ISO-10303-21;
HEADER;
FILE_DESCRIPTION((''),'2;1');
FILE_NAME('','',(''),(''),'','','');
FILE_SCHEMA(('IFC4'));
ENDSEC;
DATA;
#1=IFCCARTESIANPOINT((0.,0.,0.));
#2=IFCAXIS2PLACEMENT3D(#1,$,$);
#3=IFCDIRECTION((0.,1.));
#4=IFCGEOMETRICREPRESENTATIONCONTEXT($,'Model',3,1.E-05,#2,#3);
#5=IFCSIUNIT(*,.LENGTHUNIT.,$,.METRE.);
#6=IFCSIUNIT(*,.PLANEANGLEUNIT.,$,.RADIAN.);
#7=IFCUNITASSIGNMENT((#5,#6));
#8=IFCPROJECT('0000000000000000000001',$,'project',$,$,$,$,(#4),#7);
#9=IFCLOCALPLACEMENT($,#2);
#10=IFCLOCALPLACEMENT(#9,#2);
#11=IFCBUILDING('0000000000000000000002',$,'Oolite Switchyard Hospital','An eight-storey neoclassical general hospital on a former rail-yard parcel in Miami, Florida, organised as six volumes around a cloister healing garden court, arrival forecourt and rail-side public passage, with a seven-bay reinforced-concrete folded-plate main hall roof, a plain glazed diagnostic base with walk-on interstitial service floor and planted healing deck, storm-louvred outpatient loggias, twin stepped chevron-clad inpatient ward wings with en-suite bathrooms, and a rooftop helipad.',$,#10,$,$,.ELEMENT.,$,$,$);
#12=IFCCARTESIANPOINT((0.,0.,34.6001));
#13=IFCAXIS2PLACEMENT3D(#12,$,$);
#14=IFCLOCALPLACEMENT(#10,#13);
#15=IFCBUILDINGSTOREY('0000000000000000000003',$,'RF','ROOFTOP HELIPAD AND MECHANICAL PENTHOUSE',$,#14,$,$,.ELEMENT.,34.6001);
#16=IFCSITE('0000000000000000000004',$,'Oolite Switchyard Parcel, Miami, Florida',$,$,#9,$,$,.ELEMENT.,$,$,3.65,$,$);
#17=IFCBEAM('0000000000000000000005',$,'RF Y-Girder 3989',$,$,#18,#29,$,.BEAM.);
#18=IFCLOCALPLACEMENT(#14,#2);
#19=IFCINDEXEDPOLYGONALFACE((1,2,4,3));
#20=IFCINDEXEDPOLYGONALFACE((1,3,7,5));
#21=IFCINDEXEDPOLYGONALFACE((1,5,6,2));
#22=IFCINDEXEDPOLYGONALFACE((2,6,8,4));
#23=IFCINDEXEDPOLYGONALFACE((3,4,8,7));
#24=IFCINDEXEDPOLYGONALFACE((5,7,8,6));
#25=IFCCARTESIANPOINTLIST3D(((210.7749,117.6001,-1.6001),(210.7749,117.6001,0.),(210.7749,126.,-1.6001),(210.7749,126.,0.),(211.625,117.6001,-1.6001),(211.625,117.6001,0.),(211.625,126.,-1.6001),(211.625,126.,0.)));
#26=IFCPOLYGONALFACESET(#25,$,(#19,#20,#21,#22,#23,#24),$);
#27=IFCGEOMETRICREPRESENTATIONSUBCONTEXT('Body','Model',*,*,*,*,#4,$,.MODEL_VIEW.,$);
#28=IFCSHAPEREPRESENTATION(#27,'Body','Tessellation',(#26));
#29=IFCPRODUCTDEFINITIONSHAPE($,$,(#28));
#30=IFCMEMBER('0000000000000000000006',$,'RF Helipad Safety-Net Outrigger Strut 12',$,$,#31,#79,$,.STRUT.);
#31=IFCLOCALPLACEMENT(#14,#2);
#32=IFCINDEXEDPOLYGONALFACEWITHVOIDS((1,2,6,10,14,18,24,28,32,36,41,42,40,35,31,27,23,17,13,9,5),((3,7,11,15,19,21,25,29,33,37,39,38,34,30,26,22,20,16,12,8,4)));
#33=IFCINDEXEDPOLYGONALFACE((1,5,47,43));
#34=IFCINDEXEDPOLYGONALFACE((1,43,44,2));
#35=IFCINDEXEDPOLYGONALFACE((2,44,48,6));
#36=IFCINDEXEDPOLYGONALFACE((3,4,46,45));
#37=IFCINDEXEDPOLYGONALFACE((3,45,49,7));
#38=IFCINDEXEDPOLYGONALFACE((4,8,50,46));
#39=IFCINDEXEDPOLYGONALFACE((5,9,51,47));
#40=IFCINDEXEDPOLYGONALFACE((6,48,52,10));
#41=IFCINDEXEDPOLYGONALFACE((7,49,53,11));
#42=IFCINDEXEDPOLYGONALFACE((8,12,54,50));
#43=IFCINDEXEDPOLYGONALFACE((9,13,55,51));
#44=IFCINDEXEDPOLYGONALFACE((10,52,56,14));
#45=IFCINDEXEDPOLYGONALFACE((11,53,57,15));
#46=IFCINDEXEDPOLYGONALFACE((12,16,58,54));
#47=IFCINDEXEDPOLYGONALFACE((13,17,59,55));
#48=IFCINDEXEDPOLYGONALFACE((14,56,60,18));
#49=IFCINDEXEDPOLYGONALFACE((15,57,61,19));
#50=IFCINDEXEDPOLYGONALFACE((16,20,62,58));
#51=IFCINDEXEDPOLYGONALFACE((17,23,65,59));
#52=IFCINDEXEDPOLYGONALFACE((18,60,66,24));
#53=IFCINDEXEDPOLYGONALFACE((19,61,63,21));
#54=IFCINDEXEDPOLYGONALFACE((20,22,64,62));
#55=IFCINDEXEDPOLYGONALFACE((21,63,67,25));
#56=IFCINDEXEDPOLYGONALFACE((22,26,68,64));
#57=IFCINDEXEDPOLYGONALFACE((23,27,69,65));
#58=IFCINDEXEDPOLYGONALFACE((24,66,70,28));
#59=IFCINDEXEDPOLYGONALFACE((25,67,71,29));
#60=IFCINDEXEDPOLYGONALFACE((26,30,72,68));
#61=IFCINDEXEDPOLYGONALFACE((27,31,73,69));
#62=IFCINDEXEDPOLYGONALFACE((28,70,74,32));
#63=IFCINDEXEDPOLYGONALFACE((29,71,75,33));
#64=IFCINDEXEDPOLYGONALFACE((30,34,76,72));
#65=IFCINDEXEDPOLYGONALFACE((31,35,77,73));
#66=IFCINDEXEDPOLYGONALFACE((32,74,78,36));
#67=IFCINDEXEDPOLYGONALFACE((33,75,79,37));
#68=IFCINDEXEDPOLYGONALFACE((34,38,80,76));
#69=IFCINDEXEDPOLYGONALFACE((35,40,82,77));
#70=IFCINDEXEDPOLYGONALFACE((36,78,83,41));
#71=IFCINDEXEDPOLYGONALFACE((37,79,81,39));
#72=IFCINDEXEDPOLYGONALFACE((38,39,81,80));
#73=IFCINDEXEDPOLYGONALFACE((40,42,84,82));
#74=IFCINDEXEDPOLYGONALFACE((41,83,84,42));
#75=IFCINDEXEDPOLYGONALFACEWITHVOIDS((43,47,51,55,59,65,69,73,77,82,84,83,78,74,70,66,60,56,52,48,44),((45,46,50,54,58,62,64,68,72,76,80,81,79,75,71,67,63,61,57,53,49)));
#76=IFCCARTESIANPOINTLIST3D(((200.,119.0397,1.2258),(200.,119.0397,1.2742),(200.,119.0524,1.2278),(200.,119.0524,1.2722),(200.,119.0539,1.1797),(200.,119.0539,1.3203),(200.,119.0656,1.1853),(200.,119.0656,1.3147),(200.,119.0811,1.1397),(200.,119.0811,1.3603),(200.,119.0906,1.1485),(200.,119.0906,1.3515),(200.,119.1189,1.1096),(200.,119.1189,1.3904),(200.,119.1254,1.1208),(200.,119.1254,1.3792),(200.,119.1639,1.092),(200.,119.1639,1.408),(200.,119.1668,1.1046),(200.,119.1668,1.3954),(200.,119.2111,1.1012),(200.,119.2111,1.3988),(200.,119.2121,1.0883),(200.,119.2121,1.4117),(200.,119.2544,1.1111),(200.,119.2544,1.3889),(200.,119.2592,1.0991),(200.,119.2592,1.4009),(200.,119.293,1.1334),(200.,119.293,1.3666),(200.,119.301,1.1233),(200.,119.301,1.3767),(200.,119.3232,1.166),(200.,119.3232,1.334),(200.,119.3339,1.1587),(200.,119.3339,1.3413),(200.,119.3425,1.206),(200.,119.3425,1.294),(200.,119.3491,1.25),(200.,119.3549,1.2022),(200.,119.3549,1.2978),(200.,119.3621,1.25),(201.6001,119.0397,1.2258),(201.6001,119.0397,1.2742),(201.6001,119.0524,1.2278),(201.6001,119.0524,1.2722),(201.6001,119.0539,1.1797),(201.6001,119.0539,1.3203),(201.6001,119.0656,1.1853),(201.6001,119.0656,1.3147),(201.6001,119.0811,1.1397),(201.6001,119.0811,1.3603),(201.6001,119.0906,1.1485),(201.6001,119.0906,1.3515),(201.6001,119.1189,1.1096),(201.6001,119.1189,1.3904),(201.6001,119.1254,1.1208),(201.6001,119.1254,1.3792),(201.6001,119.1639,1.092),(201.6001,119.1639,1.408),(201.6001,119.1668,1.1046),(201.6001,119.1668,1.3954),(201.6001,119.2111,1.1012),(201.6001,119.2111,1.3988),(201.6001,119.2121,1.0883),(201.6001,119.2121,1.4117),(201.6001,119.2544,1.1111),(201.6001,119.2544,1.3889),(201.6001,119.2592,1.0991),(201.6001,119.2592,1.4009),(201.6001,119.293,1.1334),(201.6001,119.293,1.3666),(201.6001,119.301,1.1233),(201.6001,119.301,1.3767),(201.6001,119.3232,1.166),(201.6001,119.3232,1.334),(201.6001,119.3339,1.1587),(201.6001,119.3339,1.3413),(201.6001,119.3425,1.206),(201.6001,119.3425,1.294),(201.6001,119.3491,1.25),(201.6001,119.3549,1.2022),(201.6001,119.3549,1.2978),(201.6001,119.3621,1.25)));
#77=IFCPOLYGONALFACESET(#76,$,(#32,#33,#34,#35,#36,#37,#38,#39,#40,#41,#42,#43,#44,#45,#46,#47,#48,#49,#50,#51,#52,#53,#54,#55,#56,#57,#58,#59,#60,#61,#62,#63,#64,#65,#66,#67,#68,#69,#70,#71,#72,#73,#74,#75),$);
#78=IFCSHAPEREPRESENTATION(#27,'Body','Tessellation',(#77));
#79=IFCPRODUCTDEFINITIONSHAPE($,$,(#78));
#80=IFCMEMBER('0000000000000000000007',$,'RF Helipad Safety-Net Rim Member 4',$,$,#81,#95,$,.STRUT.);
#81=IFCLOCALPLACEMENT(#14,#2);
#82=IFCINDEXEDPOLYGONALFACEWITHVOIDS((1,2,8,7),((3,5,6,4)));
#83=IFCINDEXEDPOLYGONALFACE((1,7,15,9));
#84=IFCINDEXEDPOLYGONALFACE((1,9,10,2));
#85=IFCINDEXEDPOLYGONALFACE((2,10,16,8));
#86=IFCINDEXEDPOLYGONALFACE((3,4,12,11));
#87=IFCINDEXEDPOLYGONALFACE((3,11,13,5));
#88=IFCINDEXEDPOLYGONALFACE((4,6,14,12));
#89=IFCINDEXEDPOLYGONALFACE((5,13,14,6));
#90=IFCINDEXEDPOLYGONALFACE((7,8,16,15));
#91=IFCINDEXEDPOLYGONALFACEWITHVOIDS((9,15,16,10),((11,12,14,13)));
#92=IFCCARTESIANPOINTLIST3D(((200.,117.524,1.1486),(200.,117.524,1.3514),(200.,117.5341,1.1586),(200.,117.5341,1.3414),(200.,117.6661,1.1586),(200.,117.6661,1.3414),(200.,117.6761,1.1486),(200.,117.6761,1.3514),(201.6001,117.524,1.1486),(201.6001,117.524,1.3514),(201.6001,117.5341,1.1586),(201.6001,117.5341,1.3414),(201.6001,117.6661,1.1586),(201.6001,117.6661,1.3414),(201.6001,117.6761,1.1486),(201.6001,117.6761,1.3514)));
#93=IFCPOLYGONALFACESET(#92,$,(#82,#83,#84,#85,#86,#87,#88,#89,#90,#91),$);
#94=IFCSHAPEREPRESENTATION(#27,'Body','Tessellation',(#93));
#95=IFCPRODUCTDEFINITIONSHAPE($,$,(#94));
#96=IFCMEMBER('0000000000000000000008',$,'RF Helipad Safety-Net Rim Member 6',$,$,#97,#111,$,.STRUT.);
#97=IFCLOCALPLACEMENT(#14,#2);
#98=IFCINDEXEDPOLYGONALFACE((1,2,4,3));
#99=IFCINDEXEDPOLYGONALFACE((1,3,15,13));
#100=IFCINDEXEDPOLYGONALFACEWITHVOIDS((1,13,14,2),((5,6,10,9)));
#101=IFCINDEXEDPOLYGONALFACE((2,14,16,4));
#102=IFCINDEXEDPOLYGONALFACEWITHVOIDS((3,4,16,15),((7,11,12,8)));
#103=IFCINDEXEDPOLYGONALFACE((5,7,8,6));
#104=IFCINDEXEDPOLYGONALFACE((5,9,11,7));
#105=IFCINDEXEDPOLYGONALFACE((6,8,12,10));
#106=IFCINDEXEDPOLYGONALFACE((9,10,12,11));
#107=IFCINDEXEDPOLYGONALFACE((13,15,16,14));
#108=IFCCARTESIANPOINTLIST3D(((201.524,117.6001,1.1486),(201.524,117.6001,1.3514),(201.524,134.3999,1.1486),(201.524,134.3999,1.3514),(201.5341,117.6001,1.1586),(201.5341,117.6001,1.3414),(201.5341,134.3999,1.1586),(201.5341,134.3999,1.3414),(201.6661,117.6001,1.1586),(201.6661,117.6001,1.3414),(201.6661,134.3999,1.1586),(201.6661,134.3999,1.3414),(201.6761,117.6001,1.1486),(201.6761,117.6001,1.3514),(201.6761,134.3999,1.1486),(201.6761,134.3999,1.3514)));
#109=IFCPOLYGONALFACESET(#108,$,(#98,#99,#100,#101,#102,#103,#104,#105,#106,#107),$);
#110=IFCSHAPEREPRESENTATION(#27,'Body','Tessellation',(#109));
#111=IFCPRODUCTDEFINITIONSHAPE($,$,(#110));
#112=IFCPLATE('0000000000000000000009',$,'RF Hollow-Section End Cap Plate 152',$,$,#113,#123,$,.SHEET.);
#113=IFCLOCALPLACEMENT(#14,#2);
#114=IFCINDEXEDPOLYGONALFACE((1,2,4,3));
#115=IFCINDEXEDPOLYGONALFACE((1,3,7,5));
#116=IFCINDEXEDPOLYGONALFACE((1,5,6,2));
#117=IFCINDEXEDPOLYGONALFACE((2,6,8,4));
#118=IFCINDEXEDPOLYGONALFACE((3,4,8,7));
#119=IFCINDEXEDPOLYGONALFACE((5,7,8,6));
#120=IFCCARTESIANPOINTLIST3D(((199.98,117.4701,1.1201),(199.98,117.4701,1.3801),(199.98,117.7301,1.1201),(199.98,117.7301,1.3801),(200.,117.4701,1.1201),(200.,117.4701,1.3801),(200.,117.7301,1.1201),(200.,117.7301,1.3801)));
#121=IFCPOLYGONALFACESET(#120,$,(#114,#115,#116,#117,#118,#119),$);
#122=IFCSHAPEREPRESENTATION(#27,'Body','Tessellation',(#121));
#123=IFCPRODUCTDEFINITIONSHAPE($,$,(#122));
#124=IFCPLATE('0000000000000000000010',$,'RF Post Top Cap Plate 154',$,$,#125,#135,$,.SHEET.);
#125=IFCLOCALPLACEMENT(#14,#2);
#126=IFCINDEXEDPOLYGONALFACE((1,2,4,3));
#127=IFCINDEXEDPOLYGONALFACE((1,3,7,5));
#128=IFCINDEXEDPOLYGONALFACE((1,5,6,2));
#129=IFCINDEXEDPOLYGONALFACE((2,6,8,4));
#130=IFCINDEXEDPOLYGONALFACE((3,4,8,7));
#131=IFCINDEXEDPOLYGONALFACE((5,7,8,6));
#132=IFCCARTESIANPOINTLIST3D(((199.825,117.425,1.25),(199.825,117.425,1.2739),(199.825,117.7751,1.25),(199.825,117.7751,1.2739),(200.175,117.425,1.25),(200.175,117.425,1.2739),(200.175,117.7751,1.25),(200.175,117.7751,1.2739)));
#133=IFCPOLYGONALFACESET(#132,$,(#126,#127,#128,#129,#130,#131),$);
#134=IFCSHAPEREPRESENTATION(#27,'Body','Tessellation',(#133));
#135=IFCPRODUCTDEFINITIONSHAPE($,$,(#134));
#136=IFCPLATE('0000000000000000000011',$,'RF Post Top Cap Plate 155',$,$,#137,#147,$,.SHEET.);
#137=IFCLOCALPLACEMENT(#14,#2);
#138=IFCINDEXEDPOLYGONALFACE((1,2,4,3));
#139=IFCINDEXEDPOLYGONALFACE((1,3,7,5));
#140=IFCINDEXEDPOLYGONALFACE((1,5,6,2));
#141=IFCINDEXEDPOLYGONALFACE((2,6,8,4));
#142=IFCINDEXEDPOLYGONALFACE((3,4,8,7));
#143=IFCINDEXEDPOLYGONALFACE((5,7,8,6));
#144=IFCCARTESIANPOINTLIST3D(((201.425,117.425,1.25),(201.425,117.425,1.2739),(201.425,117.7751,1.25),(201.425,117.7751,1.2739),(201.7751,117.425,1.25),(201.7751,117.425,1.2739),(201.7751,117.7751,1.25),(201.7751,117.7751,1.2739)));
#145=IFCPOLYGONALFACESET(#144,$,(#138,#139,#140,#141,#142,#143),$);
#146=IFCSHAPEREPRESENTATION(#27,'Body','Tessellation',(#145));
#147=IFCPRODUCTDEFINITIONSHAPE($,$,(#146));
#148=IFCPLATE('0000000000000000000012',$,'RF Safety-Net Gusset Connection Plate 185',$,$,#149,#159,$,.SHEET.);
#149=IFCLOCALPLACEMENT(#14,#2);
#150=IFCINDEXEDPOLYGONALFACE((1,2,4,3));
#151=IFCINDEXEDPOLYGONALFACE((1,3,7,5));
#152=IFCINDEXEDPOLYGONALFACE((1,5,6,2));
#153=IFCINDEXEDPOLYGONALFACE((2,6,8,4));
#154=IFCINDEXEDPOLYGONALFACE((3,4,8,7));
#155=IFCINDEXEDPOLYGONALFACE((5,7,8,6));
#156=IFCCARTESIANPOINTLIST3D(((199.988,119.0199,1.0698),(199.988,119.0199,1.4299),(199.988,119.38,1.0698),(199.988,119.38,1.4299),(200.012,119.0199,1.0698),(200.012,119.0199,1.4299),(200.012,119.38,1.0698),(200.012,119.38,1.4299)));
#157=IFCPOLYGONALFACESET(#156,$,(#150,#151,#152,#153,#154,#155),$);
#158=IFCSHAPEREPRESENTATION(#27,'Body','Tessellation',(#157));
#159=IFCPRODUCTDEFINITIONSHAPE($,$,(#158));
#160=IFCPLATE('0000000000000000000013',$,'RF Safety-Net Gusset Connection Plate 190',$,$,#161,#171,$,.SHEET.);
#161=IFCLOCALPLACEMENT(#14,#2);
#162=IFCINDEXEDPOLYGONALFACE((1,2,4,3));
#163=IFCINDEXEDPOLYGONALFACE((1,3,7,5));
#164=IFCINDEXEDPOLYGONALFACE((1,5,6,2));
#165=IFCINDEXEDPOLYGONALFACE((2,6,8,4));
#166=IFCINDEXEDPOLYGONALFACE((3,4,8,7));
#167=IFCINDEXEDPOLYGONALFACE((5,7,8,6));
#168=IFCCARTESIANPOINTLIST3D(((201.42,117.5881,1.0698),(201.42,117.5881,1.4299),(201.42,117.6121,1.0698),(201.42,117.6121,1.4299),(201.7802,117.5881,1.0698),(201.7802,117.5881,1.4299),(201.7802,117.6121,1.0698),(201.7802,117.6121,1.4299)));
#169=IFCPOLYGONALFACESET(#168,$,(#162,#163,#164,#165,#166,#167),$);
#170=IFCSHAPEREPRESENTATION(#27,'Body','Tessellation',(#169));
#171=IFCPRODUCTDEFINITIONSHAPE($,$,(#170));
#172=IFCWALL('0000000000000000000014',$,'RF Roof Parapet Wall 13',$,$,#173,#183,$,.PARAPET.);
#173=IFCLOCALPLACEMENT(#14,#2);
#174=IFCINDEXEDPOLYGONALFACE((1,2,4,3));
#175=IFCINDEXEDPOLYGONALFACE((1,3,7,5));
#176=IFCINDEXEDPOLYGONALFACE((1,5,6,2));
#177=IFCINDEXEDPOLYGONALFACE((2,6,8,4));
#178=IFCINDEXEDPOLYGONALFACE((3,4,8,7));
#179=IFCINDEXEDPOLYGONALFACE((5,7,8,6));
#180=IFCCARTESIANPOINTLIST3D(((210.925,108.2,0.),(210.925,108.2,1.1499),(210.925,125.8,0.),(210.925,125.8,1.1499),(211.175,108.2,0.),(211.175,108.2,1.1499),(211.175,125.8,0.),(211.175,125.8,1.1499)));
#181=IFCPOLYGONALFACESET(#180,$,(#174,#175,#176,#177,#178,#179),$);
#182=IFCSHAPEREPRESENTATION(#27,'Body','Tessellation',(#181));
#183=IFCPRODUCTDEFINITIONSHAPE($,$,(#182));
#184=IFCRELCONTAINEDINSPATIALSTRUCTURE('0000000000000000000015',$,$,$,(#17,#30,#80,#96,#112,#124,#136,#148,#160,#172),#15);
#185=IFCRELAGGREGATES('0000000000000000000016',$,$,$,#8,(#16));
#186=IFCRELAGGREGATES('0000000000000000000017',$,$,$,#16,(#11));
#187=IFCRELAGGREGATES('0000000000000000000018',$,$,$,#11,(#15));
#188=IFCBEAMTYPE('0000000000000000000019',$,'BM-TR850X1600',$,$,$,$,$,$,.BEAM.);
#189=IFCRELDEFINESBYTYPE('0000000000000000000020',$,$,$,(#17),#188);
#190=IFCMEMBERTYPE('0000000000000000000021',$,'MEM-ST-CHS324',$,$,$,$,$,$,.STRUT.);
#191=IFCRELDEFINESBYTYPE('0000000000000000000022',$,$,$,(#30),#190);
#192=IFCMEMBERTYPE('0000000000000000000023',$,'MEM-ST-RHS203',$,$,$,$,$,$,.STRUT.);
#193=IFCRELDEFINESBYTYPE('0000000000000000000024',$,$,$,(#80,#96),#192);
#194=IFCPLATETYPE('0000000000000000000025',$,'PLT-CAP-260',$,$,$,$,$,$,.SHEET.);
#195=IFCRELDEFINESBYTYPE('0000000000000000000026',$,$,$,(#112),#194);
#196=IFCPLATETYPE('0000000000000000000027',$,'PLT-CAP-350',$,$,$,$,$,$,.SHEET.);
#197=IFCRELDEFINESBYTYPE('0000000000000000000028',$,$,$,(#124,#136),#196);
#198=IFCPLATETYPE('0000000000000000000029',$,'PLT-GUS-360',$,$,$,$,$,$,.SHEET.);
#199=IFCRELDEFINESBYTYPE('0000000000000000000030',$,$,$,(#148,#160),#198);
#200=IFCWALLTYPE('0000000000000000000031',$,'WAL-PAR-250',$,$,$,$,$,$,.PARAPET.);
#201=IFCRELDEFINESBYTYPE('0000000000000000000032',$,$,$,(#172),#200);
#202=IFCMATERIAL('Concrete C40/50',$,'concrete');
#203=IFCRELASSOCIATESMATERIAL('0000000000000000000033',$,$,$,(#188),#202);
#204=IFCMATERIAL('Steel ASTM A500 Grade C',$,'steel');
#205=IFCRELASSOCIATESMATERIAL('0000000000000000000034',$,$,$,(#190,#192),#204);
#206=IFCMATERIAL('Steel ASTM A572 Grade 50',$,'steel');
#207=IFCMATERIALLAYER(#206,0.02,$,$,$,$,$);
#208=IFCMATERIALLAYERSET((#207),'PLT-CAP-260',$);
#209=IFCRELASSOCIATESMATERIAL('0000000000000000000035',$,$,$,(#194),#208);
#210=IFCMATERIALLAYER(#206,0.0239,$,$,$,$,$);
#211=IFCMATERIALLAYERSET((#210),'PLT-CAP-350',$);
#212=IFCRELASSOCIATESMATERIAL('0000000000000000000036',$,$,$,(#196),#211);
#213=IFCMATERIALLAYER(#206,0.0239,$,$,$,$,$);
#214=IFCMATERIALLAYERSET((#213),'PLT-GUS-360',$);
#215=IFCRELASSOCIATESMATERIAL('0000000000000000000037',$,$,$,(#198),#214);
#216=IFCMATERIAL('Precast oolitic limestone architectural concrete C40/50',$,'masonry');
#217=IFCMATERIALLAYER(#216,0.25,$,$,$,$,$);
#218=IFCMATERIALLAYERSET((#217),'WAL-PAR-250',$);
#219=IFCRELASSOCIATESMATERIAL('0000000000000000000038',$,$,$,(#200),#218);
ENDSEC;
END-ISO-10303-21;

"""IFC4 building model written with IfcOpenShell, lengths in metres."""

from ifc_helpers import new_model, si_unit, direction, frame, frame_2d, origin, origin_2d, place, context, subcontext, project, spatial, rectangle, hollow_rectangle, hollow_circle, extrude, material, layer, layer_set, material_profile, profile_set, type_object, element, save


model = new_model("IFC4")

# Units and contexts
model_context = context("Model", 3, precision=1e-05, world=origin(), true_north=direction((0.0, 1.0)))
body_context = subcontext(model_context, "Body", "Model", "MODEL_VIEW")
ifc_project = project(units=[si_unit("LENGTHUNIT", "METRE"), si_unit("PLANEANGLEUNIT", "RADIAN")], contexts=[model_context])

# Site, building, storey
site_placement = place(None, origin())
site = spatial("IfcSite", under=ifc_project, at=site_placement, Name="Oolite Switchyard Parcel, Miami, Florida", CompositionType="ELEMENT", RefElevation=3.65)
building_placement = place(site_placement, origin())
building = spatial("IfcBuilding", under=site, at=building_placement, Name="Oolite Switchyard Hospital", Description="An eight-storey neoclassical general hospital on a former rail-yard parcel in Miami, Florida, organised as six volumes around a cloister healing garden court, arrival forecourt and rail-side public passage, with a seven-bay reinforced-concrete folded-plate main hall roof, a plain glazed diagnostic base with walk-on interstitial service floor and planted healing deck, storm-louvred outpatient loggias, twin stepped chevron-clad inpatient ward wings with en-suite bathrooms, and a rooftop helipad.", CompositionType="ELEMENT")
storey_placement = place(building_placement, frame((0.0, 0.0, 34.6001)))
storey = spatial("IfcBuildingStorey", under=building, at=storey_placement, Name="RF", Description="ROOFTOP HELIPAD AND MECHANICAL PENTHOUSE", CompositionType="ELEMENT", Elevation=34.6001)

# Shared definitions
ifc_material_1 = material(Name="Steel ASTM A500 Grade C", Category="steel")

# Beam
ifc_material_2 = material(Name="Concrete C40/50", Category="concrete")
ifc_material_profile_1 = material_profile(ifc_material_2, rectangle(XDim=0.8501, YDim=1.6001, at=origin_2d()), Name="RCT850X1600")
ifc_profile_set_1 = profile_set([ifc_material_profile_1], Name="Concrete C40/50")
beam_type_1 = type_object("IfcBeamType", Name="BM-TR850X1600", PredefinedType="BEAM", material=ifc_profile_set_1)
beam_1_placement = place(storey_placement, frame((211.2, 117.6001, -0.8), z_axis=(0.0, 1.0, 0.0), x_axis=(-1.0, 0.0, 0.0)))
element("IfcBeam", 1, at=beam_1_placement, inside=storey, type_object=beam_type_1, Name="RF Y-Girder 3989", PredefinedType="BEAM", context=body_context, shape_type="SweptSolid", body=[
    extrude(rectangle(XDim=0.8501, YDim=1.6001, at=origin_2d()), origin(), (0.0, 0.0, 1.0), 8.3999),
])

# Members
ifc_material_profile_2 = material_profile(ifc_material_1, hollow_circle(Radius=0.1621, WallThickness=0.0129, at=origin_2d()), Name="HSS324X13")
ifc_profile_set_2 = profile_set([ifc_material_profile_2], Name="Steel ASTM A500 Grade C")
member_type_1 = type_object("IfcMemberType", Name="MEM-ST-CHS324", PredefinedType="STRUT", material=ifc_profile_set_2)
member_1_placement = place(storey_placement, frame((200.0, 119.2, 1.25), z_axis=(1.0, 0.0, 0.0), x_axis=(0.0, 1.0, 0.0)))
element("IfcMember", 2, at=member_1_placement, inside=storey, type_object=member_type_1, Name="RF Helipad Safety-Net Outrigger Strut 12", PredefinedType="STRUT", context=body_context, shape_type="SweptSolid", body=[
    extrude(hollow_circle(Radius=0.1621, WallThickness=0.0129, at=origin_2d()), origin(), (0.0, 0.0, 1.0), 1.6001),
])
ifc_material_profile_3 = material_profile(ifc_material_1, hollow_rectangle(XDim=0.1521, YDim=0.2029, WallThickness=0.01, at=origin_2d()), Name="HSS203X152X10")
ifc_profile_set_3 = profile_set([ifc_material_profile_3], Name="Steel ASTM A500 Grade C")
member_type_2 = type_object("IfcMemberType", Name="MEM-ST-RHS203", PredefinedType="STRUT", material=ifc_profile_set_3)
member_2_placement = place(storey_placement, frame((200.0, 117.6001, 1.25), z_axis=(1.0, 0.0, 0.0), x_axis=(0.0, 1.0, 0.0)))
element("IfcMember", 3, at=member_2_placement, inside=storey, type_object=member_type_2, Name="RF Helipad Safety-Net Rim Member 4", PredefinedType="STRUT", context=body_context, shape_type="SweptSolid", body=[
    extrude(hollow_rectangle(XDim=0.1521, YDim=0.2029, WallThickness=0.01, at=origin_2d()), origin(), (0.0, 0.0, 1.0), 1.6001),
])
member_3_placement = place(storey_placement, frame((201.6001, 117.6001, 1.25), z_axis=(0.0, 1.0, 0.0), x_axis=(-1.0, 0.0, 0.0)))
element("IfcMember", 4, at=member_3_placement, inside=storey, type_object=member_type_2, Name="RF Helipad Safety-Net Rim Member 6", PredefinedType="STRUT", context=body_context, shape_type="SweptSolid", body=[
    extrude(hollow_rectangle(XDim=0.1521, YDim=0.2029, WallThickness=0.01, at=origin_2d()), origin(), (0.0, 0.0, 1.0), 16.7998),
])

# Plates
ifc_material_3 = material(Name="Steel ASTM A572 Grade 50", Category="steel")
ifc_layer_1 = layer(ifc_material_3, 0.02)
ifc_layer_set_1 = layer_set([ifc_layer_1], Name="PLT-CAP-260")
plate_type_1 = type_object("IfcPlateType", Name="PLT-CAP-260", PredefinedType="SHEET", material=ifc_layer_set_1)
plate_placement = place(storey_placement, frame((199.99, 117.6001, 1.1201), z_axis=(0.0, 0.0, 1.0), x_axis=(0.0, 1.0, 0.0)))
element("IfcPlate", 5, at=plate_placement, inside=storey, type_object=plate_type_1, Name="RF Hollow-Section End Cap Plate 152", PredefinedType="SHEET", context=body_context, shape_type="SweptSolid", body=[
    extrude(rectangle(XDim=0.26, YDim=0.02, at=origin_2d()), origin(), (0.0, 0.0, 1.0), 0.26),
])
ifc_layer_2 = layer(ifc_material_3, 0.0239)
ifc_layer_set_2 = layer_set([ifc_layer_2], Name="PLT-CAP-350")
plate_type_2 = type_object("IfcPlateType", Name="PLT-CAP-350", PredefinedType="SHEET", material=ifc_layer_set_2)
for number, where, z_axis, x_axis, name in (
    (6, (200.0, 117.6001, 1.25), (0.0, 0.0, 1.0), (1.0, 0.0, 0.0), "RF Post Top Cap Plate 154"),
    (7, (201.6001, 117.6001, 1.25), (0.0, 0.0, 1.0), (1.0, 0.0, 0.0), "RF Post Top Cap Plate 155"),
):
    element("IfcPlate", number, at=place(storey_placement, frame(where, z_axis=z_axis, x_axis=x_axis)), inside=storey, type_object=plate_type_2, Name=name, PredefinedType="SHEET", context=body_context, shape_type="SweptSolid", body=[
        extrude(rectangle(XDim=0.3501, YDim=0.3501, at=origin_2d()), origin(), (0.0, 0.0, 1.0), 0.0239),
    ])
ifc_layer_3 = layer(ifc_material_3, 0.0239)
ifc_layer_set_3 = layer_set([ifc_layer_3], Name="PLT-GUS-360")
plate_type_3 = type_object("IfcPlateType", Name="PLT-GUS-360", PredefinedType="SHEET", material=ifc_layer_set_3)
for number, where, z_axis, x_axis, name in (
    (8, (200.0, 119.2, 1.0698), (0.0, 0.0, 1.0), (0.0, 1.0, 0.0), "RF Safety-Net Gusset Connection Plate 185"),
    (9, (201.6001, 117.6001, 1.0698), (0.0, 0.0, 1.0), (1.0, 0.0, 0.0), "RF Safety-Net Gusset Connection Plate 190"),
):
    element("IfcPlate", number, at=place(storey_placement, frame(where, z_axis=z_axis, x_axis=x_axis)), inside=storey, type_object=plate_type_3, Name=name, PredefinedType="SHEET", context=body_context, shape_type="SweptSolid", body=[
        extrude(rectangle(XDim=0.3601, YDim=0.0239, at=origin_2d()), origin(), (0.0, 0.0, 1.0), 0.3601),
    ])

# Wall
ifc_material_4 = material(Name="Precast oolitic limestone architectural concrete C40/50", Category="masonry")
ifc_layer_4 = layer(ifc_material_4, 0.25)
ifc_layer_set_4 = layer_set([ifc_layer_4], Name="WAL-PAR-250")
wall_type_1 = type_object("IfcWallType", Name="WAL-PAR-250", PredefinedType="PARAPET", material=ifc_layer_set_4)
wall_1_placement = place(storey_placement, frame((211.05, 108.2, 0.0), z_axis=(0.0, 0.0, 1.0), x_axis=(0.0, 1.0, 0.0)))
element("IfcWall", 10, at=wall_1_placement, inside=storey, type_object=wall_type_1, Name="RF Roof Parapet Wall 13", PredefinedType="PARAPET", context=body_context, shape_type="SweptSolid", body=[
    extrude(rectangle(XDim=17.6001, YDim=0.25, at=frame_2d((8.8, 0.0))), origin(), (0.0, 0.0, 1.0), 1.1499),
])

save(model, "model.ifc")
